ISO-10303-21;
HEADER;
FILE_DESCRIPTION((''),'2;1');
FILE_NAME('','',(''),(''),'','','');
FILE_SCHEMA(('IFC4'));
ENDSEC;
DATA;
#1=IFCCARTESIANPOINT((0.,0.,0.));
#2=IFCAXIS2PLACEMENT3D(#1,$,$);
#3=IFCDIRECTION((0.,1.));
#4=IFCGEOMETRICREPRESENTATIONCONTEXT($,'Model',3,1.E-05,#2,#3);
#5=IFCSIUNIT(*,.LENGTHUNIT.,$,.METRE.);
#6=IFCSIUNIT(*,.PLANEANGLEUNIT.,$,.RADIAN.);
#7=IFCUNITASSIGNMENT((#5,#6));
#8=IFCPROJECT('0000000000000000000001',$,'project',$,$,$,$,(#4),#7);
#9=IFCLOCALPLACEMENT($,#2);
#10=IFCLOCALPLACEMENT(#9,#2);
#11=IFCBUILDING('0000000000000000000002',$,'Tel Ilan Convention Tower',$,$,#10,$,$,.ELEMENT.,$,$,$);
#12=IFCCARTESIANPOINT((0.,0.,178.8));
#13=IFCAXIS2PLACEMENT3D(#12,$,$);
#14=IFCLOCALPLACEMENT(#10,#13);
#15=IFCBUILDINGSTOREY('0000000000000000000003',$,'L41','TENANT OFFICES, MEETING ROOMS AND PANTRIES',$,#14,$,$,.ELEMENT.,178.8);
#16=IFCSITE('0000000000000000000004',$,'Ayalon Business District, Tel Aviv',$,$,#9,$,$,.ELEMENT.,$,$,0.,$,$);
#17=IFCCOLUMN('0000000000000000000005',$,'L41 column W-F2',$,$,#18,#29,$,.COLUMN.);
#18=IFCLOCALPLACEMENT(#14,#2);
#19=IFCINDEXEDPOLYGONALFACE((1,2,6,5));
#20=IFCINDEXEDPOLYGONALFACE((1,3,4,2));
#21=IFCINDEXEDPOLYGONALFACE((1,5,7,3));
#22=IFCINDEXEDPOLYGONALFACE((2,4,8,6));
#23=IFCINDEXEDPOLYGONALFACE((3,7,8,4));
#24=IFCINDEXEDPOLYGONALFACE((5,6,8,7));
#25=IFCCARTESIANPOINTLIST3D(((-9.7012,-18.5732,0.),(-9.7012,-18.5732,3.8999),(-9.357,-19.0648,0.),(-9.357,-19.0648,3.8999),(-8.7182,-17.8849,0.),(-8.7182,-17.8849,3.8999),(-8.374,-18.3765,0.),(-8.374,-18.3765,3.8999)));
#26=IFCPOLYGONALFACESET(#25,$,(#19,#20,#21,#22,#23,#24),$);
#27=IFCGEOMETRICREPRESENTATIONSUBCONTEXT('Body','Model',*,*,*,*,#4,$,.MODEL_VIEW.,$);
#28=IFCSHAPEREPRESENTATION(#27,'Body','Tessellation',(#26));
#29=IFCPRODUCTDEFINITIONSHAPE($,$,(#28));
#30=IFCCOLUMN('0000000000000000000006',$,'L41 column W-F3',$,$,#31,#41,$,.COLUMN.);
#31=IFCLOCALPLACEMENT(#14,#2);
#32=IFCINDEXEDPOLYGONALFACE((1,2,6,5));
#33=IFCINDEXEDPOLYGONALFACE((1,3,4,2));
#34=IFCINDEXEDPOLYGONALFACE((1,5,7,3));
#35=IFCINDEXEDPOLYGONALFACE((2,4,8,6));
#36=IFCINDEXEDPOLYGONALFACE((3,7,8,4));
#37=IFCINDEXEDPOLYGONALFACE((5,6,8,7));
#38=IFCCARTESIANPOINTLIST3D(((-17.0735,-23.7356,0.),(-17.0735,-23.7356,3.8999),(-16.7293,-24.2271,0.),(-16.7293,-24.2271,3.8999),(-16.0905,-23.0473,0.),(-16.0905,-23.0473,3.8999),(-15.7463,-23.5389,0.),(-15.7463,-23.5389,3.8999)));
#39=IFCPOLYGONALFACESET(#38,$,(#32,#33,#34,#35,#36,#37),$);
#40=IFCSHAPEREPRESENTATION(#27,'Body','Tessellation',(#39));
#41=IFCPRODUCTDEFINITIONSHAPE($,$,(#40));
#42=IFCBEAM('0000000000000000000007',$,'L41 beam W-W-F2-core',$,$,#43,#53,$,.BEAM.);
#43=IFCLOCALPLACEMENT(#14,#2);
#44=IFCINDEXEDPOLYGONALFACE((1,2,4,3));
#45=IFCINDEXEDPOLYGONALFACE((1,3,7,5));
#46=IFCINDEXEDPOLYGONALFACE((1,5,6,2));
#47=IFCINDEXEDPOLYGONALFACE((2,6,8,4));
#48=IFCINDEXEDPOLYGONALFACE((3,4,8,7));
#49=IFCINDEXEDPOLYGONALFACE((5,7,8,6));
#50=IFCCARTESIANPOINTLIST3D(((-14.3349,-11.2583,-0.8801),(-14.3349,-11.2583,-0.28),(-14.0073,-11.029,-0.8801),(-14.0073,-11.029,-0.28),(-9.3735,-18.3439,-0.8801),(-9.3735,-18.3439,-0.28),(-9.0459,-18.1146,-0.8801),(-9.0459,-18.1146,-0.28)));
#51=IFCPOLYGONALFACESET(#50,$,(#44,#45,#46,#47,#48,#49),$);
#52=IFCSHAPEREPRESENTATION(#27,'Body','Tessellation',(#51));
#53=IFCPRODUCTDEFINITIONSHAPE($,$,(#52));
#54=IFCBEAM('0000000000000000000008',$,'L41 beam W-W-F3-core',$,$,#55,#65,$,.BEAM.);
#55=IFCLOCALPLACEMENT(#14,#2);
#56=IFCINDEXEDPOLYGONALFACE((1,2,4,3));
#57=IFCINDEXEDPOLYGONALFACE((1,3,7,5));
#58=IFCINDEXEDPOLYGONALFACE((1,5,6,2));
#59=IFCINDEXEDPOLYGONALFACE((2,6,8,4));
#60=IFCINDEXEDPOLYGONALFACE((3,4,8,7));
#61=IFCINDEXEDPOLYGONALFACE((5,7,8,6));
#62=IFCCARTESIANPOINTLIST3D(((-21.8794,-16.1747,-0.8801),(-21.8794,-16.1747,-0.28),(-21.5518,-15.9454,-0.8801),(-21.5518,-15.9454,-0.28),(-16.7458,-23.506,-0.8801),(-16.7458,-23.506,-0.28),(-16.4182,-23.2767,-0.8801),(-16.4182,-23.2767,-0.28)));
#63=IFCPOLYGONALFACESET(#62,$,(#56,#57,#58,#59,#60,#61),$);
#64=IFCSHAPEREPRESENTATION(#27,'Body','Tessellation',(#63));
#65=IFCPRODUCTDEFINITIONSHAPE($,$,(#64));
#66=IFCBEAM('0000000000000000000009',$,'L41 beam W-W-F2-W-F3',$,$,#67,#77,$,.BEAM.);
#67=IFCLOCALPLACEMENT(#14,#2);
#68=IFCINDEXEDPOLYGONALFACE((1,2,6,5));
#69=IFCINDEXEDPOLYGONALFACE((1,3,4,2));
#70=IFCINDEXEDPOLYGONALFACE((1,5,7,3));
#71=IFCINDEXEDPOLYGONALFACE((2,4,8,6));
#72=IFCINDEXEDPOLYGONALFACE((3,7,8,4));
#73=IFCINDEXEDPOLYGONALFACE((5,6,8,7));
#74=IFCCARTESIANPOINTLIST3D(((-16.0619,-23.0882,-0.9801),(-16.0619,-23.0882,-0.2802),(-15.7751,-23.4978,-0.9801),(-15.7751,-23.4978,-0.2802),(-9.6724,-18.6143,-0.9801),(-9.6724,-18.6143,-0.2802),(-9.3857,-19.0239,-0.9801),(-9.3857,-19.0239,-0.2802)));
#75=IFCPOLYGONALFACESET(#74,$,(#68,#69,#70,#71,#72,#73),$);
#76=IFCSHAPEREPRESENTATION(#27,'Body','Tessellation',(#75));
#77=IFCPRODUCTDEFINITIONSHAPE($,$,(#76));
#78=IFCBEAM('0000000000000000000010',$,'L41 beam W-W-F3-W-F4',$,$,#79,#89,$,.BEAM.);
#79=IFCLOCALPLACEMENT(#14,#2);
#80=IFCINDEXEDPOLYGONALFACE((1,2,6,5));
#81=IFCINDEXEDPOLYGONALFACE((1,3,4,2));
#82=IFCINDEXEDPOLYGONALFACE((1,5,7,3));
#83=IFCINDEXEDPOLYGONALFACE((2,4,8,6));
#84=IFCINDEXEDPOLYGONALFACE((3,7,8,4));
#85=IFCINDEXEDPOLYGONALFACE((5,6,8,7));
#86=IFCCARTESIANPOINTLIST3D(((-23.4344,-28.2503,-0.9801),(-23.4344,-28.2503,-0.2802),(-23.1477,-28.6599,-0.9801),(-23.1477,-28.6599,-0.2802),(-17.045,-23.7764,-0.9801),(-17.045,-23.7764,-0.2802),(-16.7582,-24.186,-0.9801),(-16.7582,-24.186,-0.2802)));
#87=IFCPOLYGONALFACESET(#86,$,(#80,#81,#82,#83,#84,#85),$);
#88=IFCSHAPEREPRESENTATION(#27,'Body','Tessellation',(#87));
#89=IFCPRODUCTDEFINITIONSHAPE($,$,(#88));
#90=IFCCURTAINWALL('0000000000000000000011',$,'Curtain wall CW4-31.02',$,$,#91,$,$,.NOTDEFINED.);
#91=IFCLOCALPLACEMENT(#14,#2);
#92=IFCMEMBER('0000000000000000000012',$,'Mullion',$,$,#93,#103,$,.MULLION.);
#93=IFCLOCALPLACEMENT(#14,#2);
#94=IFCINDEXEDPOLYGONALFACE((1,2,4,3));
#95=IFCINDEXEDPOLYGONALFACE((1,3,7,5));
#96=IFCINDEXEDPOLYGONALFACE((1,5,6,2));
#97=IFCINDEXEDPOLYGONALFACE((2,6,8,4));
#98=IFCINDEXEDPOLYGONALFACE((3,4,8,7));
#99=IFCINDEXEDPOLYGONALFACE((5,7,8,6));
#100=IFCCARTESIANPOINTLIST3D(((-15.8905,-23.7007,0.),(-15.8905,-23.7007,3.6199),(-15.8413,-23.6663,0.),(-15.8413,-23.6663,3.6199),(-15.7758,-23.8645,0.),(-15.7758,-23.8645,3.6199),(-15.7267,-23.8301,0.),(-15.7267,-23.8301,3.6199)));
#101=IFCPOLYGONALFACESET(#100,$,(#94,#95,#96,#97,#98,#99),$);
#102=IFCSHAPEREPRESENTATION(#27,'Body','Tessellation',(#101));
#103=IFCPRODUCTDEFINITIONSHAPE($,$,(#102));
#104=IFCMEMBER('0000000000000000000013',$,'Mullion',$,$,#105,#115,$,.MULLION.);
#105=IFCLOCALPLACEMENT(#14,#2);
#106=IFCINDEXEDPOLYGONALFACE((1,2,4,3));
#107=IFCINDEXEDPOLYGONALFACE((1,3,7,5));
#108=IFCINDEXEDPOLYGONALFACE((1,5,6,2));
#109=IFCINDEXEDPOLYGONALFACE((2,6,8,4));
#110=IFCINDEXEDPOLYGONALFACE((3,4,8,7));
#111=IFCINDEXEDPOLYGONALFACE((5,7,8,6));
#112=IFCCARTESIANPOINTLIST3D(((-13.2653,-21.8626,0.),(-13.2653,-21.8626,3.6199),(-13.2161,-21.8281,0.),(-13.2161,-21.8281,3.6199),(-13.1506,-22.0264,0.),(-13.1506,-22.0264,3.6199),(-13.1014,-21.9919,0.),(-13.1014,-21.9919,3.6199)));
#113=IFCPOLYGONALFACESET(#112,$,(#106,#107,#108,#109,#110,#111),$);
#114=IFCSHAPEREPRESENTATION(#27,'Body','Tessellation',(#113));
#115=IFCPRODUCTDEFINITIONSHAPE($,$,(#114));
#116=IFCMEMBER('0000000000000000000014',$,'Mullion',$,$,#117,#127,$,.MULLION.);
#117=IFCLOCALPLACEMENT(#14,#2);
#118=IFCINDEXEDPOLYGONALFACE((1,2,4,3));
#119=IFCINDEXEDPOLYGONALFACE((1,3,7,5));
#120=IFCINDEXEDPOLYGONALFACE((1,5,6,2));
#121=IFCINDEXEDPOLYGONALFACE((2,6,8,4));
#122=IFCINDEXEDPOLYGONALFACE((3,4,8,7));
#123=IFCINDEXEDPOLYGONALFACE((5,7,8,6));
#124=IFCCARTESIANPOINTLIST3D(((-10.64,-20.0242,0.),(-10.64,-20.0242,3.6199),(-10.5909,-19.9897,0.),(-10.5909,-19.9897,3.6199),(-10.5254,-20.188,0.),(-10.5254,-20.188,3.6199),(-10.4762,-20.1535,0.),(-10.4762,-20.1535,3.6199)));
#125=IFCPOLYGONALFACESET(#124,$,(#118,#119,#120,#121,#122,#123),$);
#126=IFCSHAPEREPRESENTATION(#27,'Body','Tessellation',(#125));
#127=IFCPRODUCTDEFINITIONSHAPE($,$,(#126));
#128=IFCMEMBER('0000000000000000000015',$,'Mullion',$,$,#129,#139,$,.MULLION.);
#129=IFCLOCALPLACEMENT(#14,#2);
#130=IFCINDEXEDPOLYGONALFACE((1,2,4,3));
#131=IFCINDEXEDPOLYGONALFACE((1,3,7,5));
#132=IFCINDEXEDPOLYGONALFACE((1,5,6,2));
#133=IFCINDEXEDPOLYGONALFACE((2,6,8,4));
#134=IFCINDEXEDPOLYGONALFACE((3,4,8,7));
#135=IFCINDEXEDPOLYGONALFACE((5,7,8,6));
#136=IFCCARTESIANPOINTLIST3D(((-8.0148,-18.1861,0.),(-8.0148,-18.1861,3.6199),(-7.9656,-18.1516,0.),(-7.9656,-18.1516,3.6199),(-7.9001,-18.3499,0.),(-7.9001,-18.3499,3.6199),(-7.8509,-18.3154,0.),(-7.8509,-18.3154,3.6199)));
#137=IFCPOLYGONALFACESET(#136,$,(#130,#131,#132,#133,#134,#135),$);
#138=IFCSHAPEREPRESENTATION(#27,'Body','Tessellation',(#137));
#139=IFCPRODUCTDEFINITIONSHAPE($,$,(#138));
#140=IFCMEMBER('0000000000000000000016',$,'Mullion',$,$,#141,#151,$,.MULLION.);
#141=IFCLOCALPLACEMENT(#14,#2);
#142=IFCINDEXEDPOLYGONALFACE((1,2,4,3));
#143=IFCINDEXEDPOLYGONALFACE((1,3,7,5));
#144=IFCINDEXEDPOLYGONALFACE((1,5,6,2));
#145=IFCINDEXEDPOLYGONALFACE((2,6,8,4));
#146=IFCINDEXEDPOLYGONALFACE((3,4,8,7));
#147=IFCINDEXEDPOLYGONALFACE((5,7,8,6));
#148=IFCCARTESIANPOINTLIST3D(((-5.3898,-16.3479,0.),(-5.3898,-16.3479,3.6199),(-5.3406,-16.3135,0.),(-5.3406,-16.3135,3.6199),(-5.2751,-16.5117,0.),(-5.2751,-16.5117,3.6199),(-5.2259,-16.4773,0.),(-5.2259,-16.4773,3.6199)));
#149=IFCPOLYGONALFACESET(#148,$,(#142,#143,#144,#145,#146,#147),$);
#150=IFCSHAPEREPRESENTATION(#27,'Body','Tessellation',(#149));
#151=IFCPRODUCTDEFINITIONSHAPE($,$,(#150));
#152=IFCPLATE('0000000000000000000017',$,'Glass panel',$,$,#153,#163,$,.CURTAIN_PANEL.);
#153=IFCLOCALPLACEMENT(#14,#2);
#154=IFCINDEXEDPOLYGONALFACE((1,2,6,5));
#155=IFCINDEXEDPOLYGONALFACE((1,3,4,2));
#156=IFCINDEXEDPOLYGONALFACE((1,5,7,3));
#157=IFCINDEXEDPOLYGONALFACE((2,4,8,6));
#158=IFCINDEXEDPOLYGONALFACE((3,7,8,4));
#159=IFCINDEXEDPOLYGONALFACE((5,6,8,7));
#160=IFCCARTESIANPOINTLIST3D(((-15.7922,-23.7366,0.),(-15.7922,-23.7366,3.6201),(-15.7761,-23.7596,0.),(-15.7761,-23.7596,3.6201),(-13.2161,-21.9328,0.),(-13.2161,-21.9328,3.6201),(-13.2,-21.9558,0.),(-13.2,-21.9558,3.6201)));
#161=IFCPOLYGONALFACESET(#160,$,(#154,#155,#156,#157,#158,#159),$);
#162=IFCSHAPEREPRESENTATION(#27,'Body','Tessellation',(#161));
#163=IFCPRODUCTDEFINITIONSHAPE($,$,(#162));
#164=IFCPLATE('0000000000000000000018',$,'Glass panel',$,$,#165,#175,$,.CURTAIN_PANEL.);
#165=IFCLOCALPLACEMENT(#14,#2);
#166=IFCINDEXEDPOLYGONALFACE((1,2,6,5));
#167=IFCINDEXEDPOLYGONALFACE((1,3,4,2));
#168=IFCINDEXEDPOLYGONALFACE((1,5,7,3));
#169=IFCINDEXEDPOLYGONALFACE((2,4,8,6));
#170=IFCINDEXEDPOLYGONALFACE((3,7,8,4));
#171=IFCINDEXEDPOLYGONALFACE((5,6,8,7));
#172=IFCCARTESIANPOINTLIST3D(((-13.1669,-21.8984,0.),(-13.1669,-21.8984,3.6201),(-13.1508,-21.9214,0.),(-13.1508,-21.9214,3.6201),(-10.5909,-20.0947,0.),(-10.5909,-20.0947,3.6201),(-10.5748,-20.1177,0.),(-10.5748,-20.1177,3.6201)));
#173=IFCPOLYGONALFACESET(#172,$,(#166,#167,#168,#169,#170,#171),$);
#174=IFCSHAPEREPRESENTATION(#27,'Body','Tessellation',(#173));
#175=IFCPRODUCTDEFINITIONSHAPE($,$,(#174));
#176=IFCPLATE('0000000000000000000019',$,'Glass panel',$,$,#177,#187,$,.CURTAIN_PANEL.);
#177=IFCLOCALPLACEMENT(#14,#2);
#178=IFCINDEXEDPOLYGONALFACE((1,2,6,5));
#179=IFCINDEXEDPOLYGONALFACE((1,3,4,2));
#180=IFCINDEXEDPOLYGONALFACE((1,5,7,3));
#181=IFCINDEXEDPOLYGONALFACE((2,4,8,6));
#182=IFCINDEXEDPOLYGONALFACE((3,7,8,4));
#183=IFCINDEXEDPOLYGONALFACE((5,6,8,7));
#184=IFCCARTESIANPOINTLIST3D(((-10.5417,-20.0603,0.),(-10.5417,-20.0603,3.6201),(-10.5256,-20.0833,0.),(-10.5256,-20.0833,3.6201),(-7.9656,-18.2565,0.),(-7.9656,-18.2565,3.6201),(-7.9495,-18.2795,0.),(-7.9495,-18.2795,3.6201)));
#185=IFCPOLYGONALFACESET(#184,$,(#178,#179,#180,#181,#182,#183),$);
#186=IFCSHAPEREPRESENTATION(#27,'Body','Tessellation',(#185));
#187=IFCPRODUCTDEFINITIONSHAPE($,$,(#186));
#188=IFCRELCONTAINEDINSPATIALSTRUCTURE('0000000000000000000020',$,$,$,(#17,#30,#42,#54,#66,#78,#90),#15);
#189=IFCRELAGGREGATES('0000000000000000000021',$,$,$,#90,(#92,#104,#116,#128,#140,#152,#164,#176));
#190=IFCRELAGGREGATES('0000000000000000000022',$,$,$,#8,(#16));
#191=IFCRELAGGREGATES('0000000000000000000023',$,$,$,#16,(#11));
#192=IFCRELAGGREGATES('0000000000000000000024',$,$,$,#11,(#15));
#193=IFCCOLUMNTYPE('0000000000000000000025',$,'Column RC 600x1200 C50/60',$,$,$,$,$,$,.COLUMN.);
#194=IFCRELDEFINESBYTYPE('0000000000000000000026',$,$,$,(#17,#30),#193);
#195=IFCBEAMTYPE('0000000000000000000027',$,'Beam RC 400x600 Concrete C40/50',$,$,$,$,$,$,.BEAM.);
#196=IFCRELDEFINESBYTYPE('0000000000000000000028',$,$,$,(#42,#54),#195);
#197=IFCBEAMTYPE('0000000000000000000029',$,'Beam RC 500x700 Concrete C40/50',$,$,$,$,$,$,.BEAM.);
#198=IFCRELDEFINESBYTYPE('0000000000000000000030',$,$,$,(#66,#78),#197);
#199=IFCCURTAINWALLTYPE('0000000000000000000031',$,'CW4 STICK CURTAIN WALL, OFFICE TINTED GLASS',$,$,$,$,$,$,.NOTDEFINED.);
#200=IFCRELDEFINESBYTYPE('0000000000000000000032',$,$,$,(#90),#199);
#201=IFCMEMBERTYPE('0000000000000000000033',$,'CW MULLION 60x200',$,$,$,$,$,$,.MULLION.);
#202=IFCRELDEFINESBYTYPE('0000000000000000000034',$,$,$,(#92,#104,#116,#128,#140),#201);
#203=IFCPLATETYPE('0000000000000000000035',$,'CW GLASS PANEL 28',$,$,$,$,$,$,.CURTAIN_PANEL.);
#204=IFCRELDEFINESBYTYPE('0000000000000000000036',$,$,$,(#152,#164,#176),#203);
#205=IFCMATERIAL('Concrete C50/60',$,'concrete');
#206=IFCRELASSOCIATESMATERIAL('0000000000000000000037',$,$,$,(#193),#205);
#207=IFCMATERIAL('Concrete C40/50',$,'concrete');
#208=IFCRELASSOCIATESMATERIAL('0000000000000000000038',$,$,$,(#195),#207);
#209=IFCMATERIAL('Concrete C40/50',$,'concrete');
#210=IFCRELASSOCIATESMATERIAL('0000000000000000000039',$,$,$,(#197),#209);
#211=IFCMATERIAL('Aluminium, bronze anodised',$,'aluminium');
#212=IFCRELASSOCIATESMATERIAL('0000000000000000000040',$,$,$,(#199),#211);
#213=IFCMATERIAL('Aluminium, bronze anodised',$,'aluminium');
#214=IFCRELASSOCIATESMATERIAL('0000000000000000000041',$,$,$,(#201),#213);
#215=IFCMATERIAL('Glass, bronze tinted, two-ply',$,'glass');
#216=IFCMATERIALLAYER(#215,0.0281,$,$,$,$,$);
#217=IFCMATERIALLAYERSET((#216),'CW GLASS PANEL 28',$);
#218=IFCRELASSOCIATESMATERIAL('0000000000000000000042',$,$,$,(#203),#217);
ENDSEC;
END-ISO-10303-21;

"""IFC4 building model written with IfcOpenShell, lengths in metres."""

from ifc_helpers import new_model, si_unit, direction, frame, origin, origin_2d, place, context, subcontext, project, spatial, rectangle, extrude, material, layer, layer_set, material_profile, profile_set, type_object, element, aggregate, save


model = new_model("IFC4")

# Units and contexts
model_context = context("Model", 3, precision=1e-05, world=origin(), true_north=direction((0.0, 1.0)))
body_context = subcontext(model_context, "Body", "Model", "MODEL_VIEW")
ifc_project = project(units=[si_unit("LENGTHUNIT", "METRE"), si_unit("PLANEANGLEUNIT", "RADIAN")], contexts=[model_context])

# Site, building, storey
site_placement = place(None, origin())
site = spatial("IfcSite", under=ifc_project, at=site_placement, Name="Ayalon Business District, Tel Aviv", CompositionType="ELEMENT", RefElevation=0.0)
building_placement = place(site_placement, origin())
building = spatial("IfcBuilding", under=site, at=building_placement, Name="Tel Ilan Convention Tower", CompositionType="ELEMENT")
storey_placement = place(building_placement, frame((0.0, 0.0, 178.8)))
storey = spatial("IfcBuildingStorey", under=building, at=storey_placement, Name="L41", Description="TENANT OFFICES, MEETING ROOMS AND PANTRIES", CompositionType="ELEMENT", Elevation=178.8)

# Columns
ifc_material_1 = material(Name="Concrete C50/60", Category="concrete")
ifc_material_profile_1 = material_profile(ifc_material_1, rectangle(XDim=1.2, YDim=0.6001, at=origin_2d()), Name="RC 600x1200")
ifc_profile_set_1 = profile_set([ifc_material_profile_1], Name="Concrete C50/60")
column_type = type_object("IfcColumnType", Name="Column RC 600x1200 C50/60", PredefinedType="COLUMN", material=ifc_profile_set_1)
for number, where, z_axis, x_axis, name in (
    (1, (-9.0376, -18.4749, 0.0), (0.0, 0.0, 1.0), (-0.819152, -0.573576, 0.0), "L41 column W-F2"),
    (2, (-16.4099, -23.6372, 0.0), (0.0, 0.0, 1.0), (-0.819152, -0.573576, 0.0), "L41 column W-F3"),
):
    element("IfcColumn", number, at=place(storey_placement, frame(where, z_axis=z_axis, x_axis=x_axis)), inside=storey, type_object=column_type, Name=name, PredefinedType="COLUMN", context=body_context, shape_type="SweptSolid", body=[
        extrude(rectangle(XDim=1.2, YDim=0.6001, at=origin_2d()), origin(), (0.0, 0.0, 1.0), 3.8999),
    ])

# Beams
ifc_material_2 = material(Name="Concrete C40/50", Category="concrete")
ifc_material_profile_2 = material_profile(ifc_material_2, rectangle(XDim=0.3999, YDim=0.6001, at=origin_2d()), Name="RC 400x600")
ifc_profile_set_2 = profile_set([ifc_material_profile_2], Name="Concrete C40/50")
beam_type_1 = type_object("IfcBeamType", Name="Beam RC 400x600 Concrete C40/50", PredefinedType="BEAM", material=ifc_profile_set_2)
beam_1_placement = place(storey_placement, frame((-9.2097, -18.2292, -0.5801), z_axis=(-0.573574, 0.819154, 0.0), x_axis=(-0.819154, -0.573574, 0.0)))
element("IfcBeam", 3, at=beam_1_placement, inside=storey, type_object=beam_type_1, Name="L41 beam W-W-F2-core", PredefinedType="BEAM", context=body_context, shape_type="SweptSolid", body=[
    extrude(rectangle(XDim=0.3999, YDim=0.6001, at=origin_2d()), origin(), (0.0, 0.0, 1.0), 8.6499),
])
beam_2_placement = place(storey_placement, frame((-16.582, -23.3914, -0.5801), z_axis=(-0.573585, 0.819146, 0.0), x_axis=(-0.819146, -0.573585, 0.0)))
element("IfcBeam", 4, at=beam_2_placement, inside=storey, type_object=beam_type_1, Name="L41 beam W-W-F3-core", PredefinedType="BEAM", context=body_context, shape_type="SweptSolid", body=[
    extrude(rectangle(XDim=0.3999, YDim=0.6001, at=origin_2d()), origin(), (0.0, 0.0, 1.0), 8.95),
])
ifc_material_3 = material(Name="Concrete C40/50", Category="concrete")
ifc_material_profile_3 = material_profile(ifc_material_3, rectangle(XDim=0.5, YDim=0.7, at=origin_2d()), Name="RC 500x700")
ifc_profile_set_3 = profile_set([ifc_material_profile_3], Name="Concrete C40/50")
beam_type_2 = type_object("IfcBeamType", Name="Beam RC 500x700 Concrete C40/50", PredefinedType="BEAM", material=ifc_profile_set_3)
for number, where, z_axis, x_axis, name in (
    (5, (-9.5291, -18.8191, -0.6301), (-0.819154, -0.573574, 0.0), (0.573574, -0.819154, 0.0), "L41 beam W-W-F2-W-F3"),
    (6, (-16.9016, -23.9812, -0.6301), (-0.819154, -0.573574, 0.0), (0.573574, -0.819154, 0.0), "L41 beam W-W-F3-W-F4"),
):
    element("IfcBeam", number, at=place(storey_placement, frame(where, z_axis=z_axis, x_axis=x_axis)), inside=storey, type_object=beam_type_2, Name=name, PredefinedType="BEAM", context=body_context, shape_type="SweptSolid", body=[
        extrude(rectangle(XDim=0.5, YDim=0.7, at=origin_2d()), origin(), (0.0, 0.0, 1.0), 7.8),
    ])

# Curtain wall, members, plates
ifc_material_4 = material(Name="Aluminium, bronze anodised", Category="aluminium")
curtain_wall_type = type_object("IfcCurtainWallType", Name="CW4 STICK CURTAIN WALL, OFFICE TINTED GLASS", PredefinedType="NOTDEFINED", material=ifc_material_4)
curtain_wall_placement = place(storey_placement, origin())
curtain_wall = element("IfcCurtainWall", 7, at=curtain_wall_placement, inside=storey, type_object=curtain_wall_type, Name="Curtain wall CW4-31.02", PredefinedType="NOTDEFINED")
ifc_material_5 = material(Name="Aluminium, bronze anodised", Category="aluminium")
ifc_material_profile_4 = material_profile(ifc_material_5, rectangle(XDim=0.0601, YDim=0.2, at=origin_2d()), Name="CW MULLION 60x200")
ifc_profile_set_4 = profile_set([ifc_material_profile_4], Name="Aluminium, bronze anodised")
member_type = type_object("IfcMemberType", Name="CW MULLION 60x200", PredefinedType="MULLION", material=ifc_profile_set_4)
member_1_placement = place(storey_placement, frame((-15.8086, -23.7654, 0.0), z_axis=(0.0, 0.0, 1.0), x_axis=(0.819152, 0.573576, 0.0)))
member_1 = element("IfcMember", 8, at=member_1_placement, type_object=member_type, Name="Mullion", PredefinedType="MULLION", context=body_context, shape_type="SweptSolid", body=[
    extrude(rectangle(XDim=0.0601, YDim=0.2, at=origin_2d()), origin(), (0.0, 0.0, 1.0), 3.6199),
])
member_2_placement = place(storey_placement, frame((-13.1833, -21.9272, 0.0), z_axis=(0.0, 0.0, 1.0), x_axis=(0.819152, 0.573576, 0.0)))
member_2 = element("IfcMember", 9, at=member_2_placement, type_object=member_type, Name="Mullion", PredefinedType="MULLION", context=body_context, shape_type="SweptSolid", body=[
    extrude(rectangle(XDim=0.0601, YDim=0.2, at=origin_2d()), origin(), (0.0, 0.0, 1.0), 3.6199),
])
member_3_placement = place(storey_placement, frame((-10.5581, -20.0889, 0.0), z_axis=(0.0, 0.0, 1.0), x_axis=(0.819152, 0.573576, 0.0)))
member_3 = element("IfcMember", 10, at=member_3_placement, type_object=member_type, Name="Mullion", PredefinedType="MULLION", context=body_context, shape_type="SweptSolid", body=[
    extrude(rectangle(XDim=0.0601, YDim=0.2, at=origin_2d()), origin(), (0.0, 0.0, 1.0), 3.6199),
])
member_4_placement = place(storey_placement, frame((-7.9329, -18.2507, 0.0), z_axis=(0.0, 0.0, 1.0), x_axis=(0.819152, 0.573576, 0.0)))
member_4 = element("IfcMember", 11, at=member_4_placement, type_object=member_type, Name="Mullion", PredefinedType="MULLION", context=body_context, shape_type="SweptSolid", body=[
    extrude(rectangle(XDim=0.0601, YDim=0.2, at=origin_2d()), origin(), (0.0, 0.0, 1.0), 3.6199),
])
member_5_placement = place(storey_placement, frame((-5.3079, -16.4126, 0.0), z_axis=(0.0, 0.0, 1.0), x_axis=(0.819152, 0.573576, 0.0)))
member_5 = element("IfcMember", 12, at=member_5_placement, type_object=member_type, Name="Mullion", PredefinedType="MULLION", context=body_context, shape_type="SweptSolid", body=[
    extrude(rectangle(XDim=0.0601, YDim=0.2, at=origin_2d()), origin(), (0.0, 0.0, 1.0), 3.6199),
])
ifc_material_6 = material(Name="Glass, bronze tinted, two-ply", Category="glass")
ifc_layer_1 = layer(ifc_material_6, 0.0281)
ifc_layer_set_1 = layer_set([ifc_layer_1], Name="CW GLASS PANEL 28")
plate_type = type_object("IfcPlateType", Name="CW GLASS PANEL 28", PredefinedType="CURTAIN_PANEL", material=ifc_layer_set_1)
plate_1_placement = place(storey_placement, frame((-14.4961, -22.8462, 0.0), z_axis=(0.0, 0.0, 1.0), x_axis=(0.819152, 0.573576, 0.0)))
plate_1 = element("IfcPlate", 13, at=plate_1_placement, type_object=plate_type, Name="Glass panel", PredefinedType="CURTAIN_PANEL", context=body_context, shape_type="SweptSolid", body=[
    extrude(rectangle(XDim=3.1448, YDim=0.0281, at=origin_2d()), origin(), (0.0, 0.0, 1.0), 3.6201),
])
plate_2_placement = place(storey_placement, frame((-11.8708, -21.0081, 0.0), z_axis=(0.0, 0.0, 1.0), x_axis=(0.819152, 0.573576, 0.0)))
plate_2 = element("IfcPlate", 14, at=plate_2_placement, type_object=plate_type, Name="Glass panel", PredefinedType="CURTAIN_PANEL", context=body_context, shape_type="SweptSolid", body=[
    extrude(rectangle(XDim=3.1448, YDim=0.0281, at=origin_2d()), origin(), (0.0, 0.0, 1.0), 3.6201),
])
plate_3_placement = place(storey_placement, frame((-9.2456, -19.1699, 0.0), z_axis=(0.0, 0.0, 1.0), x_axis=(0.819152, 0.573576, 0.0)))
plate_3 = element("IfcPlate", 15, at=plate_3_placement, type_object=plate_type, Name="Glass panel", PredefinedType="CURTAIN_PANEL", context=body_context, shape_type="SweptSolid", body=[
    extrude(rectangle(XDim=3.1448, YDim=0.0281, at=origin_2d()), origin(), (0.0, 0.0, 1.0), 3.6201),
])
aggregate(curtain_wall, [member_1, member_2, member_3, member_4, member_5, plate_1, plate_2, plate_3])

save(model, "model.ifc")
